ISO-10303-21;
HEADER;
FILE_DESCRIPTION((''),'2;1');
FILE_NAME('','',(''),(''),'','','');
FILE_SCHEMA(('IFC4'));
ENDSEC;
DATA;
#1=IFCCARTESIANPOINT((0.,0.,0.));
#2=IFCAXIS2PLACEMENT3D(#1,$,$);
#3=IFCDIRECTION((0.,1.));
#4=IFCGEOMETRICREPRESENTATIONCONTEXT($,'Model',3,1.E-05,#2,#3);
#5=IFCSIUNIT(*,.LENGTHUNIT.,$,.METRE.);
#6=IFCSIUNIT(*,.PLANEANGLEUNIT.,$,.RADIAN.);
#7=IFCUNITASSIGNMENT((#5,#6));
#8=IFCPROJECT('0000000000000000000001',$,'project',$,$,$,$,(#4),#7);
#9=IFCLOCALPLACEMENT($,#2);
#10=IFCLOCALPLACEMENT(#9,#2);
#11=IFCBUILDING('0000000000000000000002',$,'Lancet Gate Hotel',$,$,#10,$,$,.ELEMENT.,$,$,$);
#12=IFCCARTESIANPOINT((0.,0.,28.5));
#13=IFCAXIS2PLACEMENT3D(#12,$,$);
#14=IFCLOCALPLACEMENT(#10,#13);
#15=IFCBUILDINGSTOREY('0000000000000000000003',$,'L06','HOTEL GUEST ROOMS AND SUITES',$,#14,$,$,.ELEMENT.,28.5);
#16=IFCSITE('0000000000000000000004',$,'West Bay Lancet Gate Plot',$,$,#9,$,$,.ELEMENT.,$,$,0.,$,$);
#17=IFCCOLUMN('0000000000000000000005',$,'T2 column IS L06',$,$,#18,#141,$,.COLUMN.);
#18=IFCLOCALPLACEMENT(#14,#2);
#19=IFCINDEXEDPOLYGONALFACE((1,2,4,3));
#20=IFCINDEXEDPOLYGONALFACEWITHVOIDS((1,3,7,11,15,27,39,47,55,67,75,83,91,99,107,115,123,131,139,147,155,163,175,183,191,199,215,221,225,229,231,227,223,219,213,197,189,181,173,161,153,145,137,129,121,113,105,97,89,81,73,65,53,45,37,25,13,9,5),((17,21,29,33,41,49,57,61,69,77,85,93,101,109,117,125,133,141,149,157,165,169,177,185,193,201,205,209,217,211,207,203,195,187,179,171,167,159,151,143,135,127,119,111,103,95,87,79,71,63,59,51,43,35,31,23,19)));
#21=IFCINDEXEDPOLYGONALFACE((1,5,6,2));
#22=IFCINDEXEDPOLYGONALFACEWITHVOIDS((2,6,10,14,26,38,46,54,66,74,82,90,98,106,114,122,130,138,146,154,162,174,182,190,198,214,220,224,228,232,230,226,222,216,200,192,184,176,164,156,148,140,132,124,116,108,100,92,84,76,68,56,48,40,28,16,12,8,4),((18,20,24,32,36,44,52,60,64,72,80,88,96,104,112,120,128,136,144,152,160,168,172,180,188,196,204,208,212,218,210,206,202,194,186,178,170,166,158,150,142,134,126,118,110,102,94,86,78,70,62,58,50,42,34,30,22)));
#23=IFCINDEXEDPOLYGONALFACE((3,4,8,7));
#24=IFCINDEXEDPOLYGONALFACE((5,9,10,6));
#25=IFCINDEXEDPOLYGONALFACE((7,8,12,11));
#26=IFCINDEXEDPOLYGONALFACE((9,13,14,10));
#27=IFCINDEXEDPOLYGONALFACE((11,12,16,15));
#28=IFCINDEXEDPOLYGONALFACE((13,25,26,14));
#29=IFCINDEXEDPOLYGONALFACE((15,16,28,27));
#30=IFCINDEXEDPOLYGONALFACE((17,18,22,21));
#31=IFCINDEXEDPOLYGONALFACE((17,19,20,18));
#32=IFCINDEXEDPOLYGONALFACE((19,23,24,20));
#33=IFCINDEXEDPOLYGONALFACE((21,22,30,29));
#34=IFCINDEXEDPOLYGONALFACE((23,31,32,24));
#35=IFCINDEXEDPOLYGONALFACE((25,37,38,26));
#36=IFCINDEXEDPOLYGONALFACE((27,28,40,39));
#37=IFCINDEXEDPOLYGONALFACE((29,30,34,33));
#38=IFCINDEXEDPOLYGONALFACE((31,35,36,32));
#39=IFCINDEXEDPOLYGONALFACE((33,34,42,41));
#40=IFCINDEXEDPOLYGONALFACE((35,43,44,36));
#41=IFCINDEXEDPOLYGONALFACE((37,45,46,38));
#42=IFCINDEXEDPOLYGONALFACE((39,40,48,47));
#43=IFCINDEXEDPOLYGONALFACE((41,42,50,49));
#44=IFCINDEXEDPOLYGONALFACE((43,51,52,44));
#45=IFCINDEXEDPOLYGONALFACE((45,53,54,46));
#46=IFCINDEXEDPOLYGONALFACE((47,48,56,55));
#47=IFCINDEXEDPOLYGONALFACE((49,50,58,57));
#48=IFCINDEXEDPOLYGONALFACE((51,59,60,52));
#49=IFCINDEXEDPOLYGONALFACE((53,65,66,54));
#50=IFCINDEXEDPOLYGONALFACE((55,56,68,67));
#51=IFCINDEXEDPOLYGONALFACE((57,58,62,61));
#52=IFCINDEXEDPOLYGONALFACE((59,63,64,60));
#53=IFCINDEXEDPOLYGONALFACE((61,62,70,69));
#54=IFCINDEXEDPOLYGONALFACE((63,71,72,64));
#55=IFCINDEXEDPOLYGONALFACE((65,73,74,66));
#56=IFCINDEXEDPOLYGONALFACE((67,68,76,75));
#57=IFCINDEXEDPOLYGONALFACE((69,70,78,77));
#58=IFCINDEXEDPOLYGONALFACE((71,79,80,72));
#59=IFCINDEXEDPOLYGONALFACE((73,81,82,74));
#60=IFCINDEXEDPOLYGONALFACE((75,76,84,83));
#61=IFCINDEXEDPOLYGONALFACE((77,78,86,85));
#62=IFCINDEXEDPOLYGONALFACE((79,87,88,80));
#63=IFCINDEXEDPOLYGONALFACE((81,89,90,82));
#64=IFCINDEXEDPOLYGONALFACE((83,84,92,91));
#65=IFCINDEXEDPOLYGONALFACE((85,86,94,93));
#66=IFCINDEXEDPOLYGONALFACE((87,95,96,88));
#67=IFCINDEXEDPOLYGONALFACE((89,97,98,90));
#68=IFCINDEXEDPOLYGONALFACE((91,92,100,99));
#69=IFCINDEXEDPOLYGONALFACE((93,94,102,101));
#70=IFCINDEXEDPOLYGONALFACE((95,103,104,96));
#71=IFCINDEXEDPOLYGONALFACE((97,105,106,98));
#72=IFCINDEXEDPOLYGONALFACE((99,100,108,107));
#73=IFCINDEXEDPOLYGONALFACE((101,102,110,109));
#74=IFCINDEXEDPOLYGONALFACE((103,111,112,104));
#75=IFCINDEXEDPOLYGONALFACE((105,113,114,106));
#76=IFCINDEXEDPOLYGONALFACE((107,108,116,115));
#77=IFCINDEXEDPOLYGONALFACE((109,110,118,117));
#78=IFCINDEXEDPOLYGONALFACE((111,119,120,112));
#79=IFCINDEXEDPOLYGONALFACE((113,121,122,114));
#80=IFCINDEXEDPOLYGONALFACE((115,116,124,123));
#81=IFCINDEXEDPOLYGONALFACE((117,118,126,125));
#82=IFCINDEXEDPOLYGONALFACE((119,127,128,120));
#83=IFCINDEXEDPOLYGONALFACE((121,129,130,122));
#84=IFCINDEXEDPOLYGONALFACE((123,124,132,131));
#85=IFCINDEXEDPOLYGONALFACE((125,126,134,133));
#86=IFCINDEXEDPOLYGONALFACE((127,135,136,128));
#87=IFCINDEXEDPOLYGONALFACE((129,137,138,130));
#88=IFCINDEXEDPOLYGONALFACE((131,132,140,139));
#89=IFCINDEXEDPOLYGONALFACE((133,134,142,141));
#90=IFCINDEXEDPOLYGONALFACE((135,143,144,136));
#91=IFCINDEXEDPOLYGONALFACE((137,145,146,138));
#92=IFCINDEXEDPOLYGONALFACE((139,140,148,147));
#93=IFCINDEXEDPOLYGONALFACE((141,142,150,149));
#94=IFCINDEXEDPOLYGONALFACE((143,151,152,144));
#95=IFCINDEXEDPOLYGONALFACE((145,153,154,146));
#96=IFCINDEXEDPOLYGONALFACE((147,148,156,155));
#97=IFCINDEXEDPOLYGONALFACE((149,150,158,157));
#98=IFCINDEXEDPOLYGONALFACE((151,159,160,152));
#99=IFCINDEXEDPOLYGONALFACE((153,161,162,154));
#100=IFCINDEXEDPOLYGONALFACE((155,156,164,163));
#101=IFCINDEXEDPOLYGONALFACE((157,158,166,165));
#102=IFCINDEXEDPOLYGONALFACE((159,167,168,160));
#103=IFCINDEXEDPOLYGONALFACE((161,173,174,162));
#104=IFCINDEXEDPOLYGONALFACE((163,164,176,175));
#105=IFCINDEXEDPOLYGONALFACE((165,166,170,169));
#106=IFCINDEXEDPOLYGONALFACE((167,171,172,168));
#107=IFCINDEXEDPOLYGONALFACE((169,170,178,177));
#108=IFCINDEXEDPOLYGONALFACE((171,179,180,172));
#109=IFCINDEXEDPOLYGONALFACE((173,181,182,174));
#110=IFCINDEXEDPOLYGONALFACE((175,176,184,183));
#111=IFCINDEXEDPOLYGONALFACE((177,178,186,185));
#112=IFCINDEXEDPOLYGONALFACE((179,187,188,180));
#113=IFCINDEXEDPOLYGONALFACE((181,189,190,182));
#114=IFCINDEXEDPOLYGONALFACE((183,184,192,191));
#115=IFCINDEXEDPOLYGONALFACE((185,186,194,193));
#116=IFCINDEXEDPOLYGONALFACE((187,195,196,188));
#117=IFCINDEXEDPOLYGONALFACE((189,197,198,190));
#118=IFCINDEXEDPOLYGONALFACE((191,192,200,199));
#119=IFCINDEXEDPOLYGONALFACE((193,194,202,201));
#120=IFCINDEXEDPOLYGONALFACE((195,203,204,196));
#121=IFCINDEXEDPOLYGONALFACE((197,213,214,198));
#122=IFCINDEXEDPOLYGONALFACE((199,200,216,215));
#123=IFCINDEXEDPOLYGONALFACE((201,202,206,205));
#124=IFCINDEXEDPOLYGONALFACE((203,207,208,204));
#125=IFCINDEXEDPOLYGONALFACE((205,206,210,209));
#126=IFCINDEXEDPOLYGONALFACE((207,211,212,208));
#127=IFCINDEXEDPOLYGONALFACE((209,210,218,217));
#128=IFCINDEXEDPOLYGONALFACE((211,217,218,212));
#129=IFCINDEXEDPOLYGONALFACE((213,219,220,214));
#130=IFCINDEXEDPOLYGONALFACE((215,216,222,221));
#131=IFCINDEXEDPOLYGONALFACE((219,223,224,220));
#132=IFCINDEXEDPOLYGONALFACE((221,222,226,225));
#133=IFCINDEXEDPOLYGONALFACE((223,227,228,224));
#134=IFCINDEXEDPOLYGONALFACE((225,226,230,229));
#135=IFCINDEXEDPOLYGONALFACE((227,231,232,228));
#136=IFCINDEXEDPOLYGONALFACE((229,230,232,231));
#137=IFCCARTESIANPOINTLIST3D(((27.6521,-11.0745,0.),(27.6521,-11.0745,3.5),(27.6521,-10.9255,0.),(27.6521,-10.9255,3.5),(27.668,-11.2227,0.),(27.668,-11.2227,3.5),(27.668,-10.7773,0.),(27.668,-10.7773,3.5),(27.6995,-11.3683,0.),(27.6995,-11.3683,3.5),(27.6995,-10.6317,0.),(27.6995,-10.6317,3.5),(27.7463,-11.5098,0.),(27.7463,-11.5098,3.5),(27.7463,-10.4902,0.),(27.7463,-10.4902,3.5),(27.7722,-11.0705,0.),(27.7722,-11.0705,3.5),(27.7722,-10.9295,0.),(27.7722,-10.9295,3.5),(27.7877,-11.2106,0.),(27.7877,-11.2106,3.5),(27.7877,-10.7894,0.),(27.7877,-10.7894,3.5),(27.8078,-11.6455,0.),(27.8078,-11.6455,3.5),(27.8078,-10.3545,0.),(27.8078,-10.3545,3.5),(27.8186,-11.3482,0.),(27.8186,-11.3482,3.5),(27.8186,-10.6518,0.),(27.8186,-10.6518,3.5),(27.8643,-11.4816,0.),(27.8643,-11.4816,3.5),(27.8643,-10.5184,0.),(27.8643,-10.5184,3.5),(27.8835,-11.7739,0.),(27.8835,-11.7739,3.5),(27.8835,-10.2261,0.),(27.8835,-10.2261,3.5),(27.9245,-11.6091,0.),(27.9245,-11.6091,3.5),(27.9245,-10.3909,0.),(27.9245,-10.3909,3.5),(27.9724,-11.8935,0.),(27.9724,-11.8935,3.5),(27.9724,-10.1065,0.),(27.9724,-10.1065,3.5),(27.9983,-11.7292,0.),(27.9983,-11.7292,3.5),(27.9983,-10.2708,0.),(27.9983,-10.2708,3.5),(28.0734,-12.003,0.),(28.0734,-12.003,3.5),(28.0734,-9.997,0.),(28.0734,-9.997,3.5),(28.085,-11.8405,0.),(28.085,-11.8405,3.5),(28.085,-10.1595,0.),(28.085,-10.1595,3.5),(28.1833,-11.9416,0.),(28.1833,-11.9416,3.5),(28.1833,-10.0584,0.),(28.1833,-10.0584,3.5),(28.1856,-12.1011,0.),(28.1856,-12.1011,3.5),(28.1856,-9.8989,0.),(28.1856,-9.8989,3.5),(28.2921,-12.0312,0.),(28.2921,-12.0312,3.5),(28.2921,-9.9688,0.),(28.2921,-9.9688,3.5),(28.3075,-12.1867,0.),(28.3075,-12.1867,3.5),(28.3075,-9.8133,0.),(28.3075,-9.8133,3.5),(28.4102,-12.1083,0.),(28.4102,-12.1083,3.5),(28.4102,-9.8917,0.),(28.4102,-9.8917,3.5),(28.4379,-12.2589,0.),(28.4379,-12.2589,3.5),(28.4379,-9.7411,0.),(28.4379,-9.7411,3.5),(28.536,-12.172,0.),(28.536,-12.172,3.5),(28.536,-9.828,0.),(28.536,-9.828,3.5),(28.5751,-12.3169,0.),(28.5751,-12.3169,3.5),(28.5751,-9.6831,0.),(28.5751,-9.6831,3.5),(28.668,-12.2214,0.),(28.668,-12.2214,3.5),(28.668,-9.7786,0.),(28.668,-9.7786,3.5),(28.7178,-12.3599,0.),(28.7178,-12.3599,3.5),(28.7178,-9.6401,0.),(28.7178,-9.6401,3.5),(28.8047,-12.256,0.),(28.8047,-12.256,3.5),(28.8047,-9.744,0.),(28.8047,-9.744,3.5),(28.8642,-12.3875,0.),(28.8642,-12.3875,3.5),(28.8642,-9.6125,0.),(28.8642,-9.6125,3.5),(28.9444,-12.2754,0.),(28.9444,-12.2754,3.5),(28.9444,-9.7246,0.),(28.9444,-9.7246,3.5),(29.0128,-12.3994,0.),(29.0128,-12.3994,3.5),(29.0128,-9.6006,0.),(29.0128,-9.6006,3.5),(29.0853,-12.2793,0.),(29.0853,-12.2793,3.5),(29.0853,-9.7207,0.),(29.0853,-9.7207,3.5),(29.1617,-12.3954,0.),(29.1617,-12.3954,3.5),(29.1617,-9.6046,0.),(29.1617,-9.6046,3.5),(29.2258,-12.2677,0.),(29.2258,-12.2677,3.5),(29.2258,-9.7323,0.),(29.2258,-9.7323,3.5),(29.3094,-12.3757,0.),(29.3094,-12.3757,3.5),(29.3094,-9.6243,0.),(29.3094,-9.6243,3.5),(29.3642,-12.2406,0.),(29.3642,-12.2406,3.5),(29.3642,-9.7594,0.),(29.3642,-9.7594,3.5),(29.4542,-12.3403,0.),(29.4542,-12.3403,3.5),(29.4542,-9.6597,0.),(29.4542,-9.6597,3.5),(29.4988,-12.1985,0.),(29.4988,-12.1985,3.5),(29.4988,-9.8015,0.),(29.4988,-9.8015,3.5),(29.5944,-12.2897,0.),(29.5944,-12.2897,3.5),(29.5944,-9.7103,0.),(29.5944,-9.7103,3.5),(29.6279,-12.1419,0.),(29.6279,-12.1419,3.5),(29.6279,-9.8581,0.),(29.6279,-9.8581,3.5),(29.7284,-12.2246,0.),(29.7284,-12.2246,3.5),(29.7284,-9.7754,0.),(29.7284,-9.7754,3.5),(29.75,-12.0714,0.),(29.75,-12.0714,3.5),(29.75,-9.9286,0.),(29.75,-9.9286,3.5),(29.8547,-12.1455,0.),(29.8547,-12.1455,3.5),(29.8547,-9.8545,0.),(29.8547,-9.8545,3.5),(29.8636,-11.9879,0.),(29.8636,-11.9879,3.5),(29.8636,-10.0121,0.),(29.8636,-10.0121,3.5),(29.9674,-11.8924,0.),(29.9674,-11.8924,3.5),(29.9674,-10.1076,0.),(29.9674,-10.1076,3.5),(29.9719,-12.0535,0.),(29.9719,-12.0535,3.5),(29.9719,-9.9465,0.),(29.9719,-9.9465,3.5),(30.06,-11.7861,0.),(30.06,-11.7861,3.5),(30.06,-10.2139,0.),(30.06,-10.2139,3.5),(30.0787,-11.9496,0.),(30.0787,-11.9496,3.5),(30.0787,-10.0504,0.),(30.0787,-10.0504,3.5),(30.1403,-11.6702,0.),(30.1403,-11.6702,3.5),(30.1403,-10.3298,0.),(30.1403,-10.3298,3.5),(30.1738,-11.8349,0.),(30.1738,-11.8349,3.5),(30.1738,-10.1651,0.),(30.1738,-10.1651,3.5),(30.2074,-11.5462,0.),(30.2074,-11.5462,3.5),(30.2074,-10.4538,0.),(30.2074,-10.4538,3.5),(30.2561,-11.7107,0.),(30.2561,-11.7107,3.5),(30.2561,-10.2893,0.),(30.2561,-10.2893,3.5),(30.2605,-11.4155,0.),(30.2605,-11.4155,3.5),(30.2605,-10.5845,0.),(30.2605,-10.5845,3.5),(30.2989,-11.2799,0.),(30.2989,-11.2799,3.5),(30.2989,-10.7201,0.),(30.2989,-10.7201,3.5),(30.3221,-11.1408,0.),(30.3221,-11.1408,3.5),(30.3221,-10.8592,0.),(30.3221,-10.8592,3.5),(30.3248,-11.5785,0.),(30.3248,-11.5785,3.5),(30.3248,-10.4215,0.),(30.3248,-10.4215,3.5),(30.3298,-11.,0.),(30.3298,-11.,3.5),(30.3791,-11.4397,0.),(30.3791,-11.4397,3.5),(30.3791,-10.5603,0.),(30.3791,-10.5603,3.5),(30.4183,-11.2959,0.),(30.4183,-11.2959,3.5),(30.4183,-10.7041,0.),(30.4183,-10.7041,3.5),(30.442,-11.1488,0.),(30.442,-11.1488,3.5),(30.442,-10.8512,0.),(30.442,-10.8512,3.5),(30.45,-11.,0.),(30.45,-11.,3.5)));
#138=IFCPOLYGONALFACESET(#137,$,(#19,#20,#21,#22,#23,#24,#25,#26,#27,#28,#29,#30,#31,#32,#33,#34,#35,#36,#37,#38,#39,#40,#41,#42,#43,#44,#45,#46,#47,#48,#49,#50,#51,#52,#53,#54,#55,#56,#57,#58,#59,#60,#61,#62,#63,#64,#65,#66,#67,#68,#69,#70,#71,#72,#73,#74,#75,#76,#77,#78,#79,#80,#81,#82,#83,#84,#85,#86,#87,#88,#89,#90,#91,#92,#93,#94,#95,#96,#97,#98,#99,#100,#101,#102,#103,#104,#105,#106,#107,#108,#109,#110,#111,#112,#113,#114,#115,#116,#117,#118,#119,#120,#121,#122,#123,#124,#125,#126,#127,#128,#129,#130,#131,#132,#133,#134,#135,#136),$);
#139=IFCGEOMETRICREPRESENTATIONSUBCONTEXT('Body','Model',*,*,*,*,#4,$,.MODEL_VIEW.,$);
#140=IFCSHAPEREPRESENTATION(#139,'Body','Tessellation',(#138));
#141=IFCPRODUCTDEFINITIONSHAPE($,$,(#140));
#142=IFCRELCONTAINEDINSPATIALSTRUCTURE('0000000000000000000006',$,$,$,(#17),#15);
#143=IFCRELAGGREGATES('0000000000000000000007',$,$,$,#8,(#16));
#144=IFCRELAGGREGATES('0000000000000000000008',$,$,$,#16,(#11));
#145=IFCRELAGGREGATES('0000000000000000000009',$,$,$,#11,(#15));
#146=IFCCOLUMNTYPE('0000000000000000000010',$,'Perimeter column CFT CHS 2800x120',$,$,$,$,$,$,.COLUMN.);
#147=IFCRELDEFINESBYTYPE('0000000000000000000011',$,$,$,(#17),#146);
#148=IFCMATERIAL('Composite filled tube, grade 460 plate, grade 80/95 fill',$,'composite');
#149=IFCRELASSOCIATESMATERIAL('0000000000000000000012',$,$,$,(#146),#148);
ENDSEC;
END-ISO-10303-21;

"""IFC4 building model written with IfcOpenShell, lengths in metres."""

from ifc_helpers import new_model, si_unit, direction, frame, origin, origin_2d, place, context, subcontext, project, spatial, hollow_circle, extrude, material, material_profile, profile_set, type_object, element, save


model = new_model("IFC4")

# Units and contexts
model_context = context("Model", 3, precision=1e-05, world=origin(), true_north=direction((0.0, 1.0)))
body_context = subcontext(model_context, "Body", "Model", "MODEL_VIEW")
ifc_project = project(units=[si_unit("LENGTHUNIT", "METRE"), si_unit("PLANEANGLEUNIT", "RADIAN")], contexts=[model_context])

# Site, building, storey
site_placement = place(None, origin())
site = spatial("IfcSite", under=ifc_project, at=site_placement, Name="West Bay Lancet Gate Plot", CompositionType="ELEMENT", RefElevation=0.0)
building_placement = place(site_placement, origin())
building = spatial("IfcBuilding", under=site, at=building_placement, Name="Lancet Gate Hotel", CompositionType="ELEMENT")
storey_placement = place(building_placement, frame((0.0, 0.0, 28.5)))
storey = spatial("IfcBuildingStorey", under=building, at=storey_placement, Name="L06", Description="HOTEL GUEST ROOMS AND SUITES", CompositionType="ELEMENT", Elevation=28.5)

# Column
ifc_material_1 = material(Name="Composite filled tube, grade 460 plate, grade 80/95 fill", Category="composite")
ifc_material_profile_1 = material_profile(ifc_material_1, hollow_circle(Radius=1.3999, WallThickness=0.1201, at=origin_2d()), Name="CHS 2800x120")
ifc_profile_set_1 = profile_set([ifc_material_profile_1], Name="Composite filled tube, grade 460 plate, grade 80/95 fill")
column_type = type_object("IfcColumnType", Name="Perimeter column CFT CHS 2800x120", PredefinedType="COLUMN", material=ifc_profile_set_1)
for number, where, z_axis, x_axis, name in (
    (1, (29.05, -11.0, 0.0), (0.0, 0.0, 1.0), (1.0, 0.0, 0.0), "T2 column IS L06"),
):
    element("IfcColumn", number, at=place(storey_placement, frame(where, z_axis=z_axis, x_axis=x_axis)), inside=storey, type_object=column_type, Name=name, PredefinedType="COLUMN", context=body_context, shape_type="SweptSolid", body=[
        extrude(hollow_circle(Radius=1.3999, WallThickness=0.1201, at=origin_2d()), origin(), (0.0, 0.0, 1.0), 3.5),
    ])

save(model, "model.ifc")
